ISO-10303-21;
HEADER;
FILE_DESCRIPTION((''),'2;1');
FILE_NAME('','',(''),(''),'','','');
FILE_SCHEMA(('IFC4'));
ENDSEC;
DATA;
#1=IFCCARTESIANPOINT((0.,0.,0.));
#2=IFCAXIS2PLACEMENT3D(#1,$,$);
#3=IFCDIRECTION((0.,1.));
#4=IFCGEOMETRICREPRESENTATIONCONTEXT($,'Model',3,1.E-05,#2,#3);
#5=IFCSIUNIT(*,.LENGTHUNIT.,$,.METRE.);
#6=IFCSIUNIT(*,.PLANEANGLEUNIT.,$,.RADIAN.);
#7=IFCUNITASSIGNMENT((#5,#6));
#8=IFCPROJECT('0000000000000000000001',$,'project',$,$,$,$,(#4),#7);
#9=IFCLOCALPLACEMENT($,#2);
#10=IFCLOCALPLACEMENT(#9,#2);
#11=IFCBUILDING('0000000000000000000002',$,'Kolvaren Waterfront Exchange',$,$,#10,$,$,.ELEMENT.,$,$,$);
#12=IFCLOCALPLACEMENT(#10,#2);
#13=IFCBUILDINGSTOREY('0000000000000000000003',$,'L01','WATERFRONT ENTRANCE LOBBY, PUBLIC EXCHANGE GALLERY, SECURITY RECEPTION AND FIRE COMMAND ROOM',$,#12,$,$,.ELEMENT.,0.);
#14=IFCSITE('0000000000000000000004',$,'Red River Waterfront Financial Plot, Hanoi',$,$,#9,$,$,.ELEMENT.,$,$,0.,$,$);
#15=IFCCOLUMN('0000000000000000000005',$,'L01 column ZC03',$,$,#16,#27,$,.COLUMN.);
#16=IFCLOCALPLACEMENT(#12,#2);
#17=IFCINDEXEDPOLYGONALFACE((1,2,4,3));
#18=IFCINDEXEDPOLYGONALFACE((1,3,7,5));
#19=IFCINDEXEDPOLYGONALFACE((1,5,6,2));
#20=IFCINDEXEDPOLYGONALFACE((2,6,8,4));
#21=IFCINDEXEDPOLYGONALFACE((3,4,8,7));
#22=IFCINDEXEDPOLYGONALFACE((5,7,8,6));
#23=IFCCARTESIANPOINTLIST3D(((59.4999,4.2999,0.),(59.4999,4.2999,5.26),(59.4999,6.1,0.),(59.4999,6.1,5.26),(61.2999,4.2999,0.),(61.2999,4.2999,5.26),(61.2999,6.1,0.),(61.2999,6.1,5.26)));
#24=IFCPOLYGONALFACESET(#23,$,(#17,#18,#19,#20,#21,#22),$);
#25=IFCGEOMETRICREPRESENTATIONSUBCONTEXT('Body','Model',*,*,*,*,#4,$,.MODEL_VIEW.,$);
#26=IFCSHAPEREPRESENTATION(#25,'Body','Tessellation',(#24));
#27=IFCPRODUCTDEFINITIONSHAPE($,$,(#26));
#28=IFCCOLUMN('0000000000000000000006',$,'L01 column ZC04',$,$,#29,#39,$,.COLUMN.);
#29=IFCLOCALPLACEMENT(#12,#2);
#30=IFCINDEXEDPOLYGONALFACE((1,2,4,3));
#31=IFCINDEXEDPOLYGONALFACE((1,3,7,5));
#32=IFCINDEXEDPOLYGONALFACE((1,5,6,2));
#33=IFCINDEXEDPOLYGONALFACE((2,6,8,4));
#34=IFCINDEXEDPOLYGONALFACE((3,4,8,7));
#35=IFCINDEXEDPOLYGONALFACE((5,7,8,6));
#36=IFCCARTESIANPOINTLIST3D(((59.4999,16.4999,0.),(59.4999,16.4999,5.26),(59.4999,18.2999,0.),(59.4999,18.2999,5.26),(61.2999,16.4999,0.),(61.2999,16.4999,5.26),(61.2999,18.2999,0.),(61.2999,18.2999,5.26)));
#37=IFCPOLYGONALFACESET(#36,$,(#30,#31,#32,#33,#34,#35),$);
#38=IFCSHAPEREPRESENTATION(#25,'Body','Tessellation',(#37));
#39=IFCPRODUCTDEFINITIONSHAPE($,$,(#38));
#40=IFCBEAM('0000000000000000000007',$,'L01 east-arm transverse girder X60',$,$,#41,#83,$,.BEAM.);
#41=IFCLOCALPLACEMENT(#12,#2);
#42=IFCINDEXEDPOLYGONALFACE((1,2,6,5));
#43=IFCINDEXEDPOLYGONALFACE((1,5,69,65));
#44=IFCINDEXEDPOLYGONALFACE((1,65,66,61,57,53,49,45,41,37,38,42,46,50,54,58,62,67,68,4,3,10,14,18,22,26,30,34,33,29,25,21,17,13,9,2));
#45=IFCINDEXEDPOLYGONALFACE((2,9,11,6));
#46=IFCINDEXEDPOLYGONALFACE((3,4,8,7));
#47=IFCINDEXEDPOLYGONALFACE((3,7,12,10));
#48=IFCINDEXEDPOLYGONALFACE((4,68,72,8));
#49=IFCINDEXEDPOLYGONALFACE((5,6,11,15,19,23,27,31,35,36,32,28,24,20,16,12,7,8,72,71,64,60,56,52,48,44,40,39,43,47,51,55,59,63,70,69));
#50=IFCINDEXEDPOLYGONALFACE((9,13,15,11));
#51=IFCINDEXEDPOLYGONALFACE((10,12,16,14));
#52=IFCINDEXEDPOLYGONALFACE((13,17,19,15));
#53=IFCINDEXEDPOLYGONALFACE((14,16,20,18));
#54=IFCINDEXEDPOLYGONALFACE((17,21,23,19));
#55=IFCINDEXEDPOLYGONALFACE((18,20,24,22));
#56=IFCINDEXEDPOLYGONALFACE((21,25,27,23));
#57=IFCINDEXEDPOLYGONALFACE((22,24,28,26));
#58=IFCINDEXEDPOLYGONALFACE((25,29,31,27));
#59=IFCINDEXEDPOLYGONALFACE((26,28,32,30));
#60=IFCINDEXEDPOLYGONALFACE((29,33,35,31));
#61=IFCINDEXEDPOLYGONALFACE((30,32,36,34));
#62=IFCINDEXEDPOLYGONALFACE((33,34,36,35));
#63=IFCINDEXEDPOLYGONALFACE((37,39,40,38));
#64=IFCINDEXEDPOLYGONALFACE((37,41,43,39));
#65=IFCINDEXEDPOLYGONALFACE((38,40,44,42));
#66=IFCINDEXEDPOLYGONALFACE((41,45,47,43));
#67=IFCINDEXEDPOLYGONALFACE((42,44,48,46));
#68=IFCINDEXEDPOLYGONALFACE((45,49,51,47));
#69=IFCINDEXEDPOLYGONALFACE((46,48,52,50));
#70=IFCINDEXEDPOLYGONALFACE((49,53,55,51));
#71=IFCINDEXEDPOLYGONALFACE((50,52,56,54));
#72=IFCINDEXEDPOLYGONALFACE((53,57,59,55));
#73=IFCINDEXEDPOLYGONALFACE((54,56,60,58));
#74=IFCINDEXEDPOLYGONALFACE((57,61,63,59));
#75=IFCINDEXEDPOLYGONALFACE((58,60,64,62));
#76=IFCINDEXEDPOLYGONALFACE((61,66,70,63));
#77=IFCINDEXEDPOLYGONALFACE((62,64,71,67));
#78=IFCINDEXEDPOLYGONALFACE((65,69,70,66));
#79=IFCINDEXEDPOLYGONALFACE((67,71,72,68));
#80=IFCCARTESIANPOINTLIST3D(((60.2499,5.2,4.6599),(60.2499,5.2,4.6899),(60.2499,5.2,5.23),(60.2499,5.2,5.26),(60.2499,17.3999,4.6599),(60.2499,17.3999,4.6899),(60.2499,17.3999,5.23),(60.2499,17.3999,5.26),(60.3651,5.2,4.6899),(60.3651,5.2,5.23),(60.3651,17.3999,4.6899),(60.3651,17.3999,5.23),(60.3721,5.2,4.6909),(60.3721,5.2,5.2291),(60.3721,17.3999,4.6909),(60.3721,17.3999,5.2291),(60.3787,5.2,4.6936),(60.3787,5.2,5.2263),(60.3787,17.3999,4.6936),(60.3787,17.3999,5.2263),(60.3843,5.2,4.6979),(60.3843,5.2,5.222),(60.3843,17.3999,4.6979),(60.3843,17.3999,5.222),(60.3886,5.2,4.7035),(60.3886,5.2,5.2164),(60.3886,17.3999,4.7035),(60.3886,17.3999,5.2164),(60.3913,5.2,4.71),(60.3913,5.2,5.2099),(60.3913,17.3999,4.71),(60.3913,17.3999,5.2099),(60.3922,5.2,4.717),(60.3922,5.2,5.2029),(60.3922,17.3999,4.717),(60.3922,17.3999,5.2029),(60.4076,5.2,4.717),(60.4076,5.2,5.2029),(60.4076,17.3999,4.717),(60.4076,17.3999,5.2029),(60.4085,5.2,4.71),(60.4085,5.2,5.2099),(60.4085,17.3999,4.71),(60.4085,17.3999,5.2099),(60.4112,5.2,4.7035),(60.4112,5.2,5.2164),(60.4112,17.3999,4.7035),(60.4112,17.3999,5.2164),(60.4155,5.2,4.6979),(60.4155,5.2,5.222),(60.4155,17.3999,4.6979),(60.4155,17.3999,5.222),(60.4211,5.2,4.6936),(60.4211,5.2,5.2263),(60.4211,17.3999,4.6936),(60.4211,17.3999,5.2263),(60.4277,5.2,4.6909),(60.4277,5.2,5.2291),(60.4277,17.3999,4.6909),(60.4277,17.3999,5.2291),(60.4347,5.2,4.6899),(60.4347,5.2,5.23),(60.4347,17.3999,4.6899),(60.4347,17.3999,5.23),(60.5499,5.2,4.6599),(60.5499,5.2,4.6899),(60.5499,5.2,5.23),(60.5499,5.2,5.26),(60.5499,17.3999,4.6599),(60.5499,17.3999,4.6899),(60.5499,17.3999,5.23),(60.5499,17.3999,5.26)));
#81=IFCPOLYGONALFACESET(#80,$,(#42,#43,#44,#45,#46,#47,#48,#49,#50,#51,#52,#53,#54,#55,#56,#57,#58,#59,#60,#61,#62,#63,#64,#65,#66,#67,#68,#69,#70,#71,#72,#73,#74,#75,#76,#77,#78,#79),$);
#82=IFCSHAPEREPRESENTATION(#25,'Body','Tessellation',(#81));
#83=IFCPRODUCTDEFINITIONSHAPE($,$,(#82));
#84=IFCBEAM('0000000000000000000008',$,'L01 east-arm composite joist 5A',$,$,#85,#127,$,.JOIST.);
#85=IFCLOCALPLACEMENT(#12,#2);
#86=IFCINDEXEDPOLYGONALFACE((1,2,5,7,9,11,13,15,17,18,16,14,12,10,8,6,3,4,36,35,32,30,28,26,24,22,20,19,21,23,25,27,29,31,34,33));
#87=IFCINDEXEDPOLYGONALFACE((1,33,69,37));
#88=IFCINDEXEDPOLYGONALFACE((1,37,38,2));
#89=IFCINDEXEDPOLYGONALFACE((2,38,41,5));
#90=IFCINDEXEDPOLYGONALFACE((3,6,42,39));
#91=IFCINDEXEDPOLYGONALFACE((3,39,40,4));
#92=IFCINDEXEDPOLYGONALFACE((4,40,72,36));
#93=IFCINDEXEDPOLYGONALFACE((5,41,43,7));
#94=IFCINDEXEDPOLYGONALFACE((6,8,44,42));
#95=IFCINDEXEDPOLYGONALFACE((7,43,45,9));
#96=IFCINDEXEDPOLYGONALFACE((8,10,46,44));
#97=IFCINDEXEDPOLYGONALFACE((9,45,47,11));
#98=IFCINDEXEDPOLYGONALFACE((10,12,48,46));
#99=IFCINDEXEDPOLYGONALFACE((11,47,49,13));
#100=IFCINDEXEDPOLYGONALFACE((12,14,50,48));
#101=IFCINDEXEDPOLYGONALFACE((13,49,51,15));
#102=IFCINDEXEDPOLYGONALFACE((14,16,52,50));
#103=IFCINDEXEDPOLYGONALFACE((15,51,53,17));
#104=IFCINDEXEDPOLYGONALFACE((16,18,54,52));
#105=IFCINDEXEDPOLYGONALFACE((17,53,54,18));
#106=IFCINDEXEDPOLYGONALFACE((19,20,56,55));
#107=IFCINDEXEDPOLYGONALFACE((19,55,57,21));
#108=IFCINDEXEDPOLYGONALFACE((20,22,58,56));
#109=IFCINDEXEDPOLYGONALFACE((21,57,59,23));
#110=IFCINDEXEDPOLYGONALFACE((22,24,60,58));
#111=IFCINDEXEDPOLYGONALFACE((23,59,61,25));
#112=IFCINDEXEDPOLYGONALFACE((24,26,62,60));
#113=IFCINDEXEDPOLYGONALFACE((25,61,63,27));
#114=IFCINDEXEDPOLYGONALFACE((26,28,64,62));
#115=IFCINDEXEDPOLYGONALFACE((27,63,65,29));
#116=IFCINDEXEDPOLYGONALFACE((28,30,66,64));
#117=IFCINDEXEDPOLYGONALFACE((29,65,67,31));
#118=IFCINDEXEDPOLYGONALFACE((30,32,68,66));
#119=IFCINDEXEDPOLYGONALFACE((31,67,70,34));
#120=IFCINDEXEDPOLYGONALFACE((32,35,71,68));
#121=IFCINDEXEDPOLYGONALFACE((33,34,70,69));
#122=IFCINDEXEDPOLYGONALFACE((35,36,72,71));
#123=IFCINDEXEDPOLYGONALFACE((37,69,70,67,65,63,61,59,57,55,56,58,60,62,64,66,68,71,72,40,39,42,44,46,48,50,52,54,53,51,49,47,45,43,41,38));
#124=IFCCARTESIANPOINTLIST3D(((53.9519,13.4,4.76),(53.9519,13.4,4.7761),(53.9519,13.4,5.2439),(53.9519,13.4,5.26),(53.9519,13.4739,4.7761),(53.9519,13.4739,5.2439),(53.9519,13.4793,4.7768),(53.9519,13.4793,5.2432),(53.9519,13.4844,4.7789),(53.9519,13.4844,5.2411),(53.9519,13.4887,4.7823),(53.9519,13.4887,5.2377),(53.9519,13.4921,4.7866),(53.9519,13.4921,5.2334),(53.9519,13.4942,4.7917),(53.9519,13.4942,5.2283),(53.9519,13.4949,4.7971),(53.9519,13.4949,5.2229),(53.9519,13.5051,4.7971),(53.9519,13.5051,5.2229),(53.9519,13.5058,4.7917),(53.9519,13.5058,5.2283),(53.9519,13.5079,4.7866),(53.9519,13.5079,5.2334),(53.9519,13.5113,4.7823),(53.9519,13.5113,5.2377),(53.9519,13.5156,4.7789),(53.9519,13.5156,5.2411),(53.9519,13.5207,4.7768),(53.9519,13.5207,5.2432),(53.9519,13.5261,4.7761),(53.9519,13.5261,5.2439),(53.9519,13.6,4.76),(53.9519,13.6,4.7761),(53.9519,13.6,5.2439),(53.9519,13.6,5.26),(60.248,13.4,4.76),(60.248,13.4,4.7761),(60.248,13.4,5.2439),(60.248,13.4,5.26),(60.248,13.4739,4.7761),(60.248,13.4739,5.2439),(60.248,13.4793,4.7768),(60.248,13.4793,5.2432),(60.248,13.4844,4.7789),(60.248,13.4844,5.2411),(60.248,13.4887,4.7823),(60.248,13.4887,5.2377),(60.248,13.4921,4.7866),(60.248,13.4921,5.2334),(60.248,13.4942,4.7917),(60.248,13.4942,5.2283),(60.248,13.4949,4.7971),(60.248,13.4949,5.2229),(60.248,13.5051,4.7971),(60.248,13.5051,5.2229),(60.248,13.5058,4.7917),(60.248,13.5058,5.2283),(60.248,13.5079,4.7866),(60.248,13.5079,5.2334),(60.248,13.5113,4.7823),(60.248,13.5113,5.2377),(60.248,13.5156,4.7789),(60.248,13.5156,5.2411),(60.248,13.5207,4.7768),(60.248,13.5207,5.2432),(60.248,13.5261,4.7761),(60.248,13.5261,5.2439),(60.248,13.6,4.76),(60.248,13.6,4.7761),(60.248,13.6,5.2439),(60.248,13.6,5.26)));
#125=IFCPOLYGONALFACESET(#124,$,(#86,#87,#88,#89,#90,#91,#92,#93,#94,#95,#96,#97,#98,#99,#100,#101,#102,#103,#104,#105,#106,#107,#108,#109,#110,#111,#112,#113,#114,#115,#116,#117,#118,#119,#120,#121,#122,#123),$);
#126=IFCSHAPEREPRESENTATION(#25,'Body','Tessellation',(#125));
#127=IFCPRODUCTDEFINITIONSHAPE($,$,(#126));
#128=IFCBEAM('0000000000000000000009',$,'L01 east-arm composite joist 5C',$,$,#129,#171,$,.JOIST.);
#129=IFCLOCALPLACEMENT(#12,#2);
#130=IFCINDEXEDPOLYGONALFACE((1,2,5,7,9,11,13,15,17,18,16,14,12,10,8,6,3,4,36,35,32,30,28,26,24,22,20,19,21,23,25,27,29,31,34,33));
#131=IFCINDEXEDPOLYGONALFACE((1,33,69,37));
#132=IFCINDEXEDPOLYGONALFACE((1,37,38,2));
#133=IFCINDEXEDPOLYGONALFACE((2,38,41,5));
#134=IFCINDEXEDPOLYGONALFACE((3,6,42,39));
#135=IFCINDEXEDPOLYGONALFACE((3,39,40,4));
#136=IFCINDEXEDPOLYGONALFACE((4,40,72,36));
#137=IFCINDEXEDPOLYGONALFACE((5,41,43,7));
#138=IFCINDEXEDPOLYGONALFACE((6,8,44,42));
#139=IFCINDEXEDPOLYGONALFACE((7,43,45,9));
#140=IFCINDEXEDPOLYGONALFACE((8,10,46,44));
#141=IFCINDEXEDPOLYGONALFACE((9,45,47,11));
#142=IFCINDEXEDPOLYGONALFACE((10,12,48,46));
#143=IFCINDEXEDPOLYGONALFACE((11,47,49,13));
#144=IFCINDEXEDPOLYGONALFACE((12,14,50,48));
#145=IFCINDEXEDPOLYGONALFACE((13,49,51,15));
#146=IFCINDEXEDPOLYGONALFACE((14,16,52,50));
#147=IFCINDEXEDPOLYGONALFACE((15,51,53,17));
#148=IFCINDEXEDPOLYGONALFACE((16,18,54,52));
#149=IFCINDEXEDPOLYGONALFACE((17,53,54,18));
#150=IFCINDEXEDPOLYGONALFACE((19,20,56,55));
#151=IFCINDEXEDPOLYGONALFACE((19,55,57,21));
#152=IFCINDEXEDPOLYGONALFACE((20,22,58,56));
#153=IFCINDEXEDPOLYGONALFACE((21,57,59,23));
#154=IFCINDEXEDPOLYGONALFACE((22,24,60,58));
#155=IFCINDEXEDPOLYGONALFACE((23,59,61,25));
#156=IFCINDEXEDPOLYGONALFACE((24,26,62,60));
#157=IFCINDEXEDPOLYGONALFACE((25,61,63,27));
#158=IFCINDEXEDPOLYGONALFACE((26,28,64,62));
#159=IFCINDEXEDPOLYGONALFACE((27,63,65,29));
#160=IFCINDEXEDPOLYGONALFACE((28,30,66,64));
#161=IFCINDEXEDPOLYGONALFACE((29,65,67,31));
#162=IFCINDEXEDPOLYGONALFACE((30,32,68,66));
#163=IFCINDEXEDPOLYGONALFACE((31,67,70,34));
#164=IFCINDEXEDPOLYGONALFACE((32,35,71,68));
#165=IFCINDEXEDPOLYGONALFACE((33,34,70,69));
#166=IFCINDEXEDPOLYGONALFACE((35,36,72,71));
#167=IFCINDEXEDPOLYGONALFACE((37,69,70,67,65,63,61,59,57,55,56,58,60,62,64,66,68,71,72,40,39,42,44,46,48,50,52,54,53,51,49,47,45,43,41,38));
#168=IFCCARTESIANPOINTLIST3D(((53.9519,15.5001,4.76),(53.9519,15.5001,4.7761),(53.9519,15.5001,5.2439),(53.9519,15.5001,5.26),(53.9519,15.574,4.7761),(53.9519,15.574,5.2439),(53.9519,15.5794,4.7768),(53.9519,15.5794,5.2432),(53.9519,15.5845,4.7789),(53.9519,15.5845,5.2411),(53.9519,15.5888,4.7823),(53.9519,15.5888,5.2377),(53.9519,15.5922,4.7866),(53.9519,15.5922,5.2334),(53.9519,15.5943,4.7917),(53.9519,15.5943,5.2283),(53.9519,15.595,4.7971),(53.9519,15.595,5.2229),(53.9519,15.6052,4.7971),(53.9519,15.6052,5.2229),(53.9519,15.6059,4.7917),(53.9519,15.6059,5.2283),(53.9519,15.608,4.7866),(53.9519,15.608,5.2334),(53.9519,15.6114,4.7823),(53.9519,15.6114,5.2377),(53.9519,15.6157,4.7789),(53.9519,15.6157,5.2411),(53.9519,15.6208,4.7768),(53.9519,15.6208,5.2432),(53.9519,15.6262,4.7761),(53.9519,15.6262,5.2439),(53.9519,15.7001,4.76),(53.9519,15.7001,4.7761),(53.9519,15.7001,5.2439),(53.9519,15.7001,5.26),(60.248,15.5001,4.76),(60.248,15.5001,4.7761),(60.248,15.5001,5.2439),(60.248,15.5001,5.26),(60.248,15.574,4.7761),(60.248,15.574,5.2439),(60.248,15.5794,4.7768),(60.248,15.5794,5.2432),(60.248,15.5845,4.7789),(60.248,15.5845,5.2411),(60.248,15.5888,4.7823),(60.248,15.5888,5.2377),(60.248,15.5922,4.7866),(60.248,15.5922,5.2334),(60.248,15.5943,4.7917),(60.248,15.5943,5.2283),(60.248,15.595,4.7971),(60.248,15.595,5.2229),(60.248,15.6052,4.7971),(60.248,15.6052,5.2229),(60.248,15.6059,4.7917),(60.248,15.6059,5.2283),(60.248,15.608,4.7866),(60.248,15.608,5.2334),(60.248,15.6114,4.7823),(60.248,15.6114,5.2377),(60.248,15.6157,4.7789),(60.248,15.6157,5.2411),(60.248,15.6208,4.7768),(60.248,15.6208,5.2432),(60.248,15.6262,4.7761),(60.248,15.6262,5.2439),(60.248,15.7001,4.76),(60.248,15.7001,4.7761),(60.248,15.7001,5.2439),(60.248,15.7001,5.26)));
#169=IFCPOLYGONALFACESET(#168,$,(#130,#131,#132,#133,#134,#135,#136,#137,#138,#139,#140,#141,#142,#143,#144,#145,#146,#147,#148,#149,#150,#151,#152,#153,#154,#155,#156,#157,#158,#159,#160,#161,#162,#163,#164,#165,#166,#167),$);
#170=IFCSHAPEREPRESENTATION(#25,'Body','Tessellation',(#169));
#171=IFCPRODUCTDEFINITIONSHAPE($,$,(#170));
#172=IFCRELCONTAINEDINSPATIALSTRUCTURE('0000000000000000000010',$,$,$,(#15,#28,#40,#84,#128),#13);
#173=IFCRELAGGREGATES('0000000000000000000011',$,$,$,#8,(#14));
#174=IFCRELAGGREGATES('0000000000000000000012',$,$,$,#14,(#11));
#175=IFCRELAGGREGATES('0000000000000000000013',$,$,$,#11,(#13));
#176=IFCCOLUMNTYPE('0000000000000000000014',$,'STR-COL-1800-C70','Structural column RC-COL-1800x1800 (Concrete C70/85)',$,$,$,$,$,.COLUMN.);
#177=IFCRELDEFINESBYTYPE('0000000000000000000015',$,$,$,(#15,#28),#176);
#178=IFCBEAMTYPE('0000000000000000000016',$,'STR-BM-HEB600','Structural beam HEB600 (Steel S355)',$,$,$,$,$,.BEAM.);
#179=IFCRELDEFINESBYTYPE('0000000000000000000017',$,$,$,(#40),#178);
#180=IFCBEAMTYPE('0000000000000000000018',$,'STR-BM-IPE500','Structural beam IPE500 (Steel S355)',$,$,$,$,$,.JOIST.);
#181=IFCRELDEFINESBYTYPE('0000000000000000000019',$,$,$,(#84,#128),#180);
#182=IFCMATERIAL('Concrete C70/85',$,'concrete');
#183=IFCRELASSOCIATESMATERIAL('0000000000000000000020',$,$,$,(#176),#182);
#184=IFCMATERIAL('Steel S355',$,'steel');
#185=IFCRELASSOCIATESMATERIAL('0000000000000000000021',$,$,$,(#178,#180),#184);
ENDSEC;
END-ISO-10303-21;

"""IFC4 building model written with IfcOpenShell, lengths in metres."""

from ifc_helpers import new_model, si_unit, direction, frame, origin, origin_2d, place, context, subcontext, project, spatial, rectangle, i_section, extrude, material, material_profile, profile_set, type_object, element, save


model = new_model("IFC4")

# Units and contexts
model_context = context("Model", 3, precision=1e-05, world=origin(), true_north=direction((0.0, 1.0)))
body_context = subcontext(model_context, "Body", "Model", "MODEL_VIEW")
ifc_project = project(units=[si_unit("LENGTHUNIT", "METRE"), si_unit("PLANEANGLEUNIT", "RADIAN")], contexts=[model_context])

# Site, building, storey
site_placement = place(None, origin())
site = spatial("IfcSite", under=ifc_project, at=site_placement, Name="Red River Waterfront Financial Plot, Hanoi", CompositionType="ELEMENT", RefElevation=0.0)
building_placement = place(site_placement, origin())
building = spatial("IfcBuilding", under=site, at=building_placement, Name="Kolvaren Waterfront Exchange", CompositionType="ELEMENT")
storey_placement = place(building_placement, origin())
storey = spatial("IfcBuildingStorey", under=building, at=storey_placement, Name="L01", Description="WATERFRONT ENTRANCE LOBBY, PUBLIC EXCHANGE GALLERY, SECURITY RECEPTION AND FIRE COMMAND ROOM", CompositionType="ELEMENT", Elevation=0.0)

# Columns
ifc_material_1 = material(Name="Concrete C70/85", Category="concrete")
ifc_material_profile_1 = material_profile(ifc_material_1, rectangle(XDim=1.8, YDim=1.8, at=origin_2d()), Name="RC-COL-1800x1800")
ifc_profile_set_1 = profile_set([ifc_material_profile_1], Name="Concrete C70/85")
column_type = type_object("IfcColumnType", Name="STR-COL-1800-C70", Description="Structural column RC-COL-1800x1800 (Concrete C70/85)", PredefinedType="COLUMN", material=ifc_profile_set_1)
for number, where, z_axis, x_axis, name in (
    (1, (60.3999, 5.2, 0.0), (0.0, 0.0, 1.0), (1.0, 0.0, 0.0), "L01 column ZC03"),
    (2, (60.3999, 17.3999, 0.0), (0.0, 0.0, 1.0), (1.0, 0.0, 0.0), "L01 column ZC04"),
):
    element("IfcColumn", number, at=place(storey_placement, frame(where, z_axis=z_axis, x_axis=x_axis)), inside=storey, type_object=column_type, Name=name, PredefinedType="COLUMN", context=body_context, shape_type="SweptSolid", body=[
        extrude(rectangle(XDim=1.8, YDim=1.8, at=origin_2d()), origin(), (0.0, 0.0, 1.0), 5.26),
    ])

# Beams
ifc_material_2 = material(Name="Steel S355", Category="steel")
ifc_material_profile_2 = material_profile(ifc_material_2, i_section(OverallWidth=0.3, OverallDepth=0.6001, WebThickness=0.0154, FlangeThickness=0.03, FilletRadius=0.0271, at=origin_2d()), Name="HEB600")
ifc_profile_set_2 = profile_set([ifc_material_profile_2], Name="Steel S355")
beam_type_1 = type_object("IfcBeamType", Name="STR-BM-HEB600", Description="Structural beam HEB600 (Steel S355)", PredefinedType="BEAM", material=ifc_profile_set_2)
beam_placement = place(storey_placement, frame((60.3999, 5.2, 4.96), z_axis=(0.0, 1.0, 0.0), x_axis=(-1.0, 0.0, 0.0)))
element("IfcBeam", 3, at=beam_placement, inside=storey, type_object=beam_type_1, Name="L01 east-arm transverse girder X60", PredefinedType="BEAM", context=body_context, shape_type="SweptSolid", body=[
    extrude(i_section(OverallWidth=0.3, OverallDepth=0.6001, WebThickness=0.0154, FlangeThickness=0.03, FilletRadius=0.0271, at=origin_2d()), origin(), (0.0, 0.0, 1.0), 12.2),
])
ifc_material_profile_3 = material_profile(ifc_material_2, i_section(OverallWidth=0.2, OverallDepth=0.5, WebThickness=0.0103, FlangeThickness=0.0161, FilletRadius=0.021, at=origin_2d()), Name="IPE500")
ifc_profile_set_3 = profile_set([ifc_material_profile_3], Name="Steel S355")
beam_type_2 = type_object("IfcBeamType", Name="STR-BM-IPE500", Description="Structural beam IPE500 (Steel S355)", PredefinedType="JOIST", material=ifc_profile_set_3)
for number, where, z_axis, x_axis, name in (
    (4, (53.9519, 13.5, 5.01), (1.0, 0.0, 0.0), (0.0, 1.0, 0.0), "L01 east-arm composite joist 5A"),
    (5, (53.9519, 15.6001, 5.01), (1.0, 0.0, 0.0), (0.0, 1.0, 0.0), "L01 east-arm composite joist 5C"),
):
    element("IfcBeam", number, at=place(storey_placement, frame(where, z_axis=z_axis, x_axis=x_axis)), inside=storey, type_object=beam_type_2, Name=name, PredefinedType="JOIST", context=body_context, shape_type="SweptSolid", body=[
        extrude(i_section(OverallWidth=0.2, OverallDepth=0.5, WebThickness=0.0103, FlangeThickness=0.0161, FilletRadius=0.021, at=origin_2d()), origin(), (0.0, 0.0, 1.0), 6.2961),
    ])

save(model, "model.ifc")
